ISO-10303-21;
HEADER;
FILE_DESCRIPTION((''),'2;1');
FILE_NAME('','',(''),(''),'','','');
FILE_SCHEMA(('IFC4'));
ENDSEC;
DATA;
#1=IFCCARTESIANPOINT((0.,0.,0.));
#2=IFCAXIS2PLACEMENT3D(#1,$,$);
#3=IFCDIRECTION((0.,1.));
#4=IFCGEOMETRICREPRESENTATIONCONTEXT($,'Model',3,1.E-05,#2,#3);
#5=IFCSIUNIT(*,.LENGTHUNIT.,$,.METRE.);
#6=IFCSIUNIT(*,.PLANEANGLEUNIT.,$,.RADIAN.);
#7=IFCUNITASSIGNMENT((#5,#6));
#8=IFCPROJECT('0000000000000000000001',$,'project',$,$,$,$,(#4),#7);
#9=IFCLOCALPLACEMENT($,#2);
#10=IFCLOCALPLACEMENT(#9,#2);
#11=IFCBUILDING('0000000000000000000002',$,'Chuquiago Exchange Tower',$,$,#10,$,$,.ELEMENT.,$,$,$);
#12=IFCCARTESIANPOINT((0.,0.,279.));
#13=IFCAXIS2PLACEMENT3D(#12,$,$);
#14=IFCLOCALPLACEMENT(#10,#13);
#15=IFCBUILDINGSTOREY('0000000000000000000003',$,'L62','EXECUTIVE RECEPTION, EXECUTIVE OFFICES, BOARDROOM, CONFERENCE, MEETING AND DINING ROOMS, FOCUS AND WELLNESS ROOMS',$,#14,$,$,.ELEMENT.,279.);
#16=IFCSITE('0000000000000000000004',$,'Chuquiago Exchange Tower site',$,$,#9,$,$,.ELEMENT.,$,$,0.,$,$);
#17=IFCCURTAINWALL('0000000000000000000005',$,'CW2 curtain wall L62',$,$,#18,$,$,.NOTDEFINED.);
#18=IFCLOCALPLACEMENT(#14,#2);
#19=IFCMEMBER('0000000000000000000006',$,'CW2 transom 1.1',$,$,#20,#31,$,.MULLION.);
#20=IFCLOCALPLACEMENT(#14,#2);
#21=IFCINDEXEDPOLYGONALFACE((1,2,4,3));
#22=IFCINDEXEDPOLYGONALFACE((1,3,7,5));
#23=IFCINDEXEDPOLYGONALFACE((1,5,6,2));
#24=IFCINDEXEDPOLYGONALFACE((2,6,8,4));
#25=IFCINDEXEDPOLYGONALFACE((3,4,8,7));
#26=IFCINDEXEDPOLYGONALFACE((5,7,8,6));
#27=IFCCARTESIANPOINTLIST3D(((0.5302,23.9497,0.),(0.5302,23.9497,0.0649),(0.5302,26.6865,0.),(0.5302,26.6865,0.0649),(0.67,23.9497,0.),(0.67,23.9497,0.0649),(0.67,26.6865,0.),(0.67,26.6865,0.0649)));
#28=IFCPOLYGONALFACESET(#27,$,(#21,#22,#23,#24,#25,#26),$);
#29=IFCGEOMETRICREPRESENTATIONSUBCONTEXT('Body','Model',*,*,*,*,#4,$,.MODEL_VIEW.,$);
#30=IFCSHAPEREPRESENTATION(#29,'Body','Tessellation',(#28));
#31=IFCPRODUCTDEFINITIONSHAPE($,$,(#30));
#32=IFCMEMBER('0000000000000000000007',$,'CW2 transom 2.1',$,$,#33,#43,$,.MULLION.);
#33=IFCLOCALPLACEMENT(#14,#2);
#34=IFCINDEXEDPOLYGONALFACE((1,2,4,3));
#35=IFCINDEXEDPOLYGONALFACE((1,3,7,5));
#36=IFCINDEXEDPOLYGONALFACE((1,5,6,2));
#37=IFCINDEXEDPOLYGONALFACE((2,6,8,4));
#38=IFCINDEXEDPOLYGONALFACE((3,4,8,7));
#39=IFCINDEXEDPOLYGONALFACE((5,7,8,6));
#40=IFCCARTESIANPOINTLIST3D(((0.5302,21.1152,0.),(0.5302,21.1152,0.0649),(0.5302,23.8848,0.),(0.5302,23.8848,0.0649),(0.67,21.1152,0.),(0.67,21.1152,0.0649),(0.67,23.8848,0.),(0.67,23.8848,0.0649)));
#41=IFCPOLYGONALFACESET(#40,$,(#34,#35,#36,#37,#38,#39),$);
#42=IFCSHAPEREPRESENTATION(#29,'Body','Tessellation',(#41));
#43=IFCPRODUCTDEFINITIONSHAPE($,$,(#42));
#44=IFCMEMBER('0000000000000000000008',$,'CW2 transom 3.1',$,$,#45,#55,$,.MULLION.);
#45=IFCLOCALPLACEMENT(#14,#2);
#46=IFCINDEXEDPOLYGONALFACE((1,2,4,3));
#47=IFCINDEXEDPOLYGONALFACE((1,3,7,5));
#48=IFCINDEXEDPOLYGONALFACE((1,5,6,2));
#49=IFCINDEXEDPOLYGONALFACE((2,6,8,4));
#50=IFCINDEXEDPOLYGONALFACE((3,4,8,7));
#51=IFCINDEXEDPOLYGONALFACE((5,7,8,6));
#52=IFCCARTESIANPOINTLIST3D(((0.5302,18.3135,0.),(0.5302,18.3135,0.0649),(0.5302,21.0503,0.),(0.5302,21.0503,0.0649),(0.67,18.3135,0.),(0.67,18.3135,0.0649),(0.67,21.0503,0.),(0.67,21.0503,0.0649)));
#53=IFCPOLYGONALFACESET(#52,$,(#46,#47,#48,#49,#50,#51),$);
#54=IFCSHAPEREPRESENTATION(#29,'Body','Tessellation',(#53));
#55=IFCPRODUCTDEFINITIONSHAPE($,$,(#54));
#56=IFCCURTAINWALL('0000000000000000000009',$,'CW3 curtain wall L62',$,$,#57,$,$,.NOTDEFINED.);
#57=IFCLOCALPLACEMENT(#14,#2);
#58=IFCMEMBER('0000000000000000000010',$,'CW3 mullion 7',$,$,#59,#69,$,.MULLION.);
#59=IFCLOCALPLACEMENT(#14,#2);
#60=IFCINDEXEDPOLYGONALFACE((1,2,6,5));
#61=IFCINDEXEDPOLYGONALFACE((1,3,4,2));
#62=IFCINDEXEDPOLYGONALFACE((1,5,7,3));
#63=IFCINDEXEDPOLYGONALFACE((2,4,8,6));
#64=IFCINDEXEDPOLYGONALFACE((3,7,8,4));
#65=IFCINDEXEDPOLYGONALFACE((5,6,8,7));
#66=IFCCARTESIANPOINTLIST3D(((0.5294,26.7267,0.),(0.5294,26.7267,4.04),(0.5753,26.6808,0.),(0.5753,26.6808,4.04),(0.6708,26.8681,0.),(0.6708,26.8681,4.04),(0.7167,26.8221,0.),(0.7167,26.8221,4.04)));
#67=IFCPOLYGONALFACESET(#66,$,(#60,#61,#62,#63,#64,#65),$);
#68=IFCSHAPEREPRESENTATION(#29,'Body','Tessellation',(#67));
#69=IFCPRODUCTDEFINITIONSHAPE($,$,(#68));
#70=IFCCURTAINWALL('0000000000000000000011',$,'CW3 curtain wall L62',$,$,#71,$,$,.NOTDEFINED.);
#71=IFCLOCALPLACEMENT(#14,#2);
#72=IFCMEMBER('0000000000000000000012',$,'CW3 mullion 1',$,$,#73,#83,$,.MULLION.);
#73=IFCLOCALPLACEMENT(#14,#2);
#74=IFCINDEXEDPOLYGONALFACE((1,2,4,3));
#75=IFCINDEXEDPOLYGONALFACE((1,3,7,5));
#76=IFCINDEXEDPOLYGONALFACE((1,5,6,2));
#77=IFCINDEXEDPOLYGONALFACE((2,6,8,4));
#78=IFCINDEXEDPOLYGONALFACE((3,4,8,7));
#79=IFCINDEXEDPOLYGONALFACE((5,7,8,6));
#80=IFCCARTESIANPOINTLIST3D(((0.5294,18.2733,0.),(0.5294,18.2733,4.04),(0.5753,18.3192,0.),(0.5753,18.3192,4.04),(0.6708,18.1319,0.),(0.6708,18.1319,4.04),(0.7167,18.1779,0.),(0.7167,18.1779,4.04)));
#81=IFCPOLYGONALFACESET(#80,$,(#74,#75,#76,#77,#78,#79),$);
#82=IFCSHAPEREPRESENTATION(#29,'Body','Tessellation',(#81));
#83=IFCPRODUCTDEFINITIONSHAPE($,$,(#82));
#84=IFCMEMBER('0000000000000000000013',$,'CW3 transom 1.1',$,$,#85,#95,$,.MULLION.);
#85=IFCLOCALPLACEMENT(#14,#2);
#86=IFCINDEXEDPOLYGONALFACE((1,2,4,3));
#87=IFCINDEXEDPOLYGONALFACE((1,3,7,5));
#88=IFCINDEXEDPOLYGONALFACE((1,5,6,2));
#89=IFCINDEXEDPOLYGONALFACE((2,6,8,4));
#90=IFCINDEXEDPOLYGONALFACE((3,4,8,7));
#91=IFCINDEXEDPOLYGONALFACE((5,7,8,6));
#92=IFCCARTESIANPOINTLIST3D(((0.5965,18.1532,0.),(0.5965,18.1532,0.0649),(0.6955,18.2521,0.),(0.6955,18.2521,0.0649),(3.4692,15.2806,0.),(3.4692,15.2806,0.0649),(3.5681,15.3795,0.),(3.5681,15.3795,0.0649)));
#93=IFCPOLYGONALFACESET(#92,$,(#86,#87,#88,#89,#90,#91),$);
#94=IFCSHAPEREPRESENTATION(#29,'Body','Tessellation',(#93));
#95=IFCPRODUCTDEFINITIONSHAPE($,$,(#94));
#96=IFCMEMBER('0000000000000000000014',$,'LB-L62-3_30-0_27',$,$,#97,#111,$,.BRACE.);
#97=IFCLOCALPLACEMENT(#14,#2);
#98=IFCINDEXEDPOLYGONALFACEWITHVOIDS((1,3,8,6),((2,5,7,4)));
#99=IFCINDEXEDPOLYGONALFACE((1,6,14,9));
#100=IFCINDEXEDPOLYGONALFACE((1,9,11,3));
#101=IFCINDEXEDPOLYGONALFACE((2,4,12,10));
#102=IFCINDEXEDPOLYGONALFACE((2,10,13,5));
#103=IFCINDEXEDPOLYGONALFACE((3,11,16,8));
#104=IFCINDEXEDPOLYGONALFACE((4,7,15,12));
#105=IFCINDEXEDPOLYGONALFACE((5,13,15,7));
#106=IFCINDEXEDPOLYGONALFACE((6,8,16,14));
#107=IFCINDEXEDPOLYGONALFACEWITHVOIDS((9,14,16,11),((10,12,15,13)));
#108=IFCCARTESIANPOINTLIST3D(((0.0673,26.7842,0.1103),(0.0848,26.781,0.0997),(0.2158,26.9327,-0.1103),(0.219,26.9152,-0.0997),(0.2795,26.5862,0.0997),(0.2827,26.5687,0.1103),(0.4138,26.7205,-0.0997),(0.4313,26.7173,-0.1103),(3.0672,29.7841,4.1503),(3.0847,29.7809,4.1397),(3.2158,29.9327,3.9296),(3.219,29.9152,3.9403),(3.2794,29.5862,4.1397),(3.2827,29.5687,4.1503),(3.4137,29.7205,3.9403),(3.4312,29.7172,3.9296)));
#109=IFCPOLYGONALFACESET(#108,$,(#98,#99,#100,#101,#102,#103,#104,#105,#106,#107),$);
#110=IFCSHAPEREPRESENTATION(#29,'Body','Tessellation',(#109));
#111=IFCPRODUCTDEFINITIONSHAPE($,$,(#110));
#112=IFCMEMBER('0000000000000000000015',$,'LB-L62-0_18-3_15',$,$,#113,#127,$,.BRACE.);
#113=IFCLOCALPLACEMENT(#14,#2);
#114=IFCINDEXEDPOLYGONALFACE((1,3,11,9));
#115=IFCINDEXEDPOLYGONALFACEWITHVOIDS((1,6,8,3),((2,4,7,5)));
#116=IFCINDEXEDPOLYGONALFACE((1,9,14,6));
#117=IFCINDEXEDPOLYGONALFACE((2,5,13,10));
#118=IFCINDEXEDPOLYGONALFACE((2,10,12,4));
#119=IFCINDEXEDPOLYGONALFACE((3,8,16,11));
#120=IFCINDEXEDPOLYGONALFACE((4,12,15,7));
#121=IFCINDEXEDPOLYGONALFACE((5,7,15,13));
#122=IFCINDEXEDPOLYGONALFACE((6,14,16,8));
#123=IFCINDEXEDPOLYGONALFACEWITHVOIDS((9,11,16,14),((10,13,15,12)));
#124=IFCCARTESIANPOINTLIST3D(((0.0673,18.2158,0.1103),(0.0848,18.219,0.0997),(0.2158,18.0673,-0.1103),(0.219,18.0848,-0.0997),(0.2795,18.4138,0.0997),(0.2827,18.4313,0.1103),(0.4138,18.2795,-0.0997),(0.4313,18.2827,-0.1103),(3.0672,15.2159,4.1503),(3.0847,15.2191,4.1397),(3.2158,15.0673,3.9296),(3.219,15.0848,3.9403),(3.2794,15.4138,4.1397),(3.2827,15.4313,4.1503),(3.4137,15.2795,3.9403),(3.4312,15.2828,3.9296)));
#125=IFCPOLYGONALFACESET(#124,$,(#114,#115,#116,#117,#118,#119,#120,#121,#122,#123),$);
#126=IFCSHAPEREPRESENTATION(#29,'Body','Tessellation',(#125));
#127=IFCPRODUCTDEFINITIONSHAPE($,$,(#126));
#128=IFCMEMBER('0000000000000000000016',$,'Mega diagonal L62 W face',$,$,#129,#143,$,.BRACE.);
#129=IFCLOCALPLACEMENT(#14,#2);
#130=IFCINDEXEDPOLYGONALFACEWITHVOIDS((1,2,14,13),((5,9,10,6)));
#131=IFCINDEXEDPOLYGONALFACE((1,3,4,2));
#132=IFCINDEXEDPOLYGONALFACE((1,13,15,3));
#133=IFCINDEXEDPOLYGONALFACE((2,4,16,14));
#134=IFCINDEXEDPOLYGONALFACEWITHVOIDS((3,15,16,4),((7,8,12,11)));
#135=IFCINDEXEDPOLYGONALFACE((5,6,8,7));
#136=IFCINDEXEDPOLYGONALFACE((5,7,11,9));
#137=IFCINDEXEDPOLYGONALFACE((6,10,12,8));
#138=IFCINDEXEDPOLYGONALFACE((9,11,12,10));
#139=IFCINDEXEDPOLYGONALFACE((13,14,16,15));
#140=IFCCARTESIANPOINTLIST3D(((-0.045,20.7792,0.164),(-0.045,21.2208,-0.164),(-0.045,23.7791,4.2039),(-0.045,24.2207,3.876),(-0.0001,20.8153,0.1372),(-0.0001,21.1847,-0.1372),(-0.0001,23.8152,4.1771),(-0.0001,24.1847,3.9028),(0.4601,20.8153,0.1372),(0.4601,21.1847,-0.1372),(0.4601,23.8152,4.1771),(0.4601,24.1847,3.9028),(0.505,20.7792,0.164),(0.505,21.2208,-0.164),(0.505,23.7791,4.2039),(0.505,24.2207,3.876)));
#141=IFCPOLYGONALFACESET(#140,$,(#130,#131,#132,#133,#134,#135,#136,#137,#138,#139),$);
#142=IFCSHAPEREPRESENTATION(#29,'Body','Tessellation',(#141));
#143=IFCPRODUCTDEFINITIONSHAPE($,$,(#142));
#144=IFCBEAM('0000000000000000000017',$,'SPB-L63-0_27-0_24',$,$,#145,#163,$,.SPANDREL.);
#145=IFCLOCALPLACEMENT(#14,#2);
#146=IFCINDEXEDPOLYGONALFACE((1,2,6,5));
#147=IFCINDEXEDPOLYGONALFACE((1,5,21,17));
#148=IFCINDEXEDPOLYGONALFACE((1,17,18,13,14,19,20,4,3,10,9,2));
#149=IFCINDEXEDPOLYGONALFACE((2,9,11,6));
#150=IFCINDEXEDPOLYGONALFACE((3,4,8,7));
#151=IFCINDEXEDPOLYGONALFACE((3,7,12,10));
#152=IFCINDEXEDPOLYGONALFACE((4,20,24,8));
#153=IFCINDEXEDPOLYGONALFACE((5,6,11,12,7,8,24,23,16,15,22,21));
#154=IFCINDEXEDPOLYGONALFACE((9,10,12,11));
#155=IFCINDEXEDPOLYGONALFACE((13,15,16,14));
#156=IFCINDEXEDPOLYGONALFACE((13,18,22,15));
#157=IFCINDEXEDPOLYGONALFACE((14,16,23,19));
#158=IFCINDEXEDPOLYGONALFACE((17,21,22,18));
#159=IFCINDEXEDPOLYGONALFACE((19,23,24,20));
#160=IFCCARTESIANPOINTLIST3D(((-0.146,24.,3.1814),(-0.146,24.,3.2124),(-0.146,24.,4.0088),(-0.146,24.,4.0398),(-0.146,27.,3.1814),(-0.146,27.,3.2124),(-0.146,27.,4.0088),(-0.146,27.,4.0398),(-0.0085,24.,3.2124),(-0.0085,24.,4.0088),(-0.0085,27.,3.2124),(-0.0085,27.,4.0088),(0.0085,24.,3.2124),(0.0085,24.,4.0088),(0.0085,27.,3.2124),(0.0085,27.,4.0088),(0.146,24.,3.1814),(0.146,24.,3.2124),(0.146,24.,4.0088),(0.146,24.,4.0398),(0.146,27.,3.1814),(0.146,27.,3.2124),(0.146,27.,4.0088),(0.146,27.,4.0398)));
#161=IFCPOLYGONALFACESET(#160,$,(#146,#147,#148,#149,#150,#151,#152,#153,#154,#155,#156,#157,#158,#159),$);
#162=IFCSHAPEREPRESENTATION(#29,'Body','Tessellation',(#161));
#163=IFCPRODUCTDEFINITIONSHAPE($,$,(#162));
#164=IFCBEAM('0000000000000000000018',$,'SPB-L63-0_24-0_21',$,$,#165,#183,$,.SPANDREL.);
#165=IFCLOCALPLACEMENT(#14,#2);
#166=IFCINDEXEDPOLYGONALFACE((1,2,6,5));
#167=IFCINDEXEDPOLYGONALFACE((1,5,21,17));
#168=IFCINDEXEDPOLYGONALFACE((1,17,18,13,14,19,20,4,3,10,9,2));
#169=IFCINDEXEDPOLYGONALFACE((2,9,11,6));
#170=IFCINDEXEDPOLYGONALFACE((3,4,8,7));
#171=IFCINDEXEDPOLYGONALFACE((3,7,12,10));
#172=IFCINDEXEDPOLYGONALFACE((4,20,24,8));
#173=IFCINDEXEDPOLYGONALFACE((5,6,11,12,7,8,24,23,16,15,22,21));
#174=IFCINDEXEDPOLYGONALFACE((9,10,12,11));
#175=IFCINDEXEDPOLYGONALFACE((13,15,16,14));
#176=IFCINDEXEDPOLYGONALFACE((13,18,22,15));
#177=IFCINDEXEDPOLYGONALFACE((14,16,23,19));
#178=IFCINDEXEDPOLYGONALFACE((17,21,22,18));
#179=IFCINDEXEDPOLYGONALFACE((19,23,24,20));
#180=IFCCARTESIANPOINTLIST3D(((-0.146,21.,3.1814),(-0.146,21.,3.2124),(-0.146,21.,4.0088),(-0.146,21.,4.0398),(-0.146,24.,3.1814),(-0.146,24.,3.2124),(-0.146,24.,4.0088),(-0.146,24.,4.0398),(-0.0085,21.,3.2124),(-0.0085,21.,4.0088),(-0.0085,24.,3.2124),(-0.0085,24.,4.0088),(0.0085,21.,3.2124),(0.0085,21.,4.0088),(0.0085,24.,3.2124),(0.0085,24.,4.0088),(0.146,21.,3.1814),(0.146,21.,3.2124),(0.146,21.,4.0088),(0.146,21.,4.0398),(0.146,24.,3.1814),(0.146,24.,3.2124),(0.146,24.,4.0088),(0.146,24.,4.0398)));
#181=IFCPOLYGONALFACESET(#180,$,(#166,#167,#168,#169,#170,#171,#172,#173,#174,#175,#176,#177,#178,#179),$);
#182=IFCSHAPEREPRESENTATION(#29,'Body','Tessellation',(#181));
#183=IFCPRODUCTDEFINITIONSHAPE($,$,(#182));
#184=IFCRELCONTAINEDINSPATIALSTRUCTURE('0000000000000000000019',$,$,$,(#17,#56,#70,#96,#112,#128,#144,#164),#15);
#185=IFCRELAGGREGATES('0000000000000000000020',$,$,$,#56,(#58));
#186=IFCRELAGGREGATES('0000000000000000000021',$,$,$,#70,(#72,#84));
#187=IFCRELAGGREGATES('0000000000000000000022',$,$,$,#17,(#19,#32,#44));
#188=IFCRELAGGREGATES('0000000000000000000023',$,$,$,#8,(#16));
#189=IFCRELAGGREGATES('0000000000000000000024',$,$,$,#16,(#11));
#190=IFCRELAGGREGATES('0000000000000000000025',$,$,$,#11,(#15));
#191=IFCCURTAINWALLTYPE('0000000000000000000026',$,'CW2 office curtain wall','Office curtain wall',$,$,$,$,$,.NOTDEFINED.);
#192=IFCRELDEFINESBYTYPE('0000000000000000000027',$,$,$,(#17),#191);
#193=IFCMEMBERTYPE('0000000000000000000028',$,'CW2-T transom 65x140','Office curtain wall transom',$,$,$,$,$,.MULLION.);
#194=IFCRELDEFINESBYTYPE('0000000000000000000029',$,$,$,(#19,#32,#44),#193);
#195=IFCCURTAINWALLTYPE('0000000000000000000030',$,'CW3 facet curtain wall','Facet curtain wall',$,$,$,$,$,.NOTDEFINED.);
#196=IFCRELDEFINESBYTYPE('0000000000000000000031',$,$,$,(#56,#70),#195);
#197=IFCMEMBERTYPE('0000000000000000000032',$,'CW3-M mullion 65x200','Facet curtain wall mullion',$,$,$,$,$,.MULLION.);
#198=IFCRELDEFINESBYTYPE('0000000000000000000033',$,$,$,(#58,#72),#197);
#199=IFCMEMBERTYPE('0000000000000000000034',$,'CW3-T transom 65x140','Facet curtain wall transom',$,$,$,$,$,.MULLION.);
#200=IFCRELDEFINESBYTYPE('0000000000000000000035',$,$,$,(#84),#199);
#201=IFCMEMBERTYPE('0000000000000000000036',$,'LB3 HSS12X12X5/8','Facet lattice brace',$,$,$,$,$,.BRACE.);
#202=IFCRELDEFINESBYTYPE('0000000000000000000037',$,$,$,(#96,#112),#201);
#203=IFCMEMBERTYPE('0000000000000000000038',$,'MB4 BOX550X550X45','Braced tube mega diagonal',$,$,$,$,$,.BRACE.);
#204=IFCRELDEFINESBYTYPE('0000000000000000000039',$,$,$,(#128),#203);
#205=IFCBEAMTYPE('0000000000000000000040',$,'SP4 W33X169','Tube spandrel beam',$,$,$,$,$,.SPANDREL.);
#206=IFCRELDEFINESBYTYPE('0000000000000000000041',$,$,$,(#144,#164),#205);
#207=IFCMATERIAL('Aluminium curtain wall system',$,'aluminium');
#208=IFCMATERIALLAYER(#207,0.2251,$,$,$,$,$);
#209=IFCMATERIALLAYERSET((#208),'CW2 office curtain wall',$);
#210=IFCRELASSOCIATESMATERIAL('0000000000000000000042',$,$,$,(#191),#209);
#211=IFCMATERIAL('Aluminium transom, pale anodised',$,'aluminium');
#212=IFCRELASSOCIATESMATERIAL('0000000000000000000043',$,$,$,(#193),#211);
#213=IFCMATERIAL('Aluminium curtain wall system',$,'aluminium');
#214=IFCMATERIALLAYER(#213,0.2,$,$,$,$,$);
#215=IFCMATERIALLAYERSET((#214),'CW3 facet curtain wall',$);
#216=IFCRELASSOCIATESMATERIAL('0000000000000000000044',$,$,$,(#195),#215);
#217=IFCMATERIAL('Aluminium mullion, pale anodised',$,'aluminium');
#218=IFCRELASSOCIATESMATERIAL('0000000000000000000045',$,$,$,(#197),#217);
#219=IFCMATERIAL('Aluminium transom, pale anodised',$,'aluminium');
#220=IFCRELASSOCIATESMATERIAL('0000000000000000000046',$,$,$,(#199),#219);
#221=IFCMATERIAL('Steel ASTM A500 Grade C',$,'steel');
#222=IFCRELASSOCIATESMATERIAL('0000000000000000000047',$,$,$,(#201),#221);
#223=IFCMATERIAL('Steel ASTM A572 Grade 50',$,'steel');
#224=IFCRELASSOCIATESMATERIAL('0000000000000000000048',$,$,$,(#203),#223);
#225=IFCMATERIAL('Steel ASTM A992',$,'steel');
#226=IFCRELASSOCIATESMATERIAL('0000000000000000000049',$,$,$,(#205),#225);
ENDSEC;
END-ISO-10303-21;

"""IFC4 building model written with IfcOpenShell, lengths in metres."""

from ifc_helpers import new_model, si_unit, direction, frame, origin, origin_2d, place, context, subcontext, project, spatial, rectangle, hollow_rectangle, i_section, extrude, material, layer, layer_set, material_profile, profile_set, type_object, element, aggregate, save


model = new_model("IFC4")

# Units and contexts
model_context = context("Model", 3, precision=1e-05, world=origin(), true_north=direction((0.0, 1.0)))
body_context = subcontext(model_context, "Body", "Model", "MODEL_VIEW")
ifc_project = project(units=[si_unit("LENGTHUNIT", "METRE"), si_unit("PLANEANGLEUNIT", "RADIAN")], contexts=[model_context])

# Site, building, storey
site_placement = place(None, origin())
site = spatial("IfcSite", under=ifc_project, at=site_placement, Name="Chuquiago Exchange Tower site", CompositionType="ELEMENT", RefElevation=0.0)
building_placement = place(site_placement, origin())
building = spatial("IfcBuilding", under=site, at=building_placement, Name="Chuquiago Exchange Tower", CompositionType="ELEMENT")
storey_placement = place(building_placement, frame((0.0, 0.0, 279.0)))
storey = spatial("IfcBuildingStorey", under=building, at=storey_placement, Name="L62", Description="EXECUTIVE RECEPTION, EXECUTIVE OFFICES, BOARDROOM, CONFERENCE, MEETING AND DINING ROOMS, FOCUS AND WELLNESS ROOMS", CompositionType="ELEMENT", Elevation=279.0)

# Curtain wall, members
ifc_material_1 = material(Name="Aluminium curtain wall system", Category="aluminium")
ifc_layer_1 = layer(ifc_material_1, 0.2251)
ifc_layer_set_1 = layer_set([ifc_layer_1], Name="CW2 office curtain wall")
curtain_wall_type_1 = type_object("IfcCurtainWallType", Name="CW2 office curtain wall", Description="Office curtain wall", PredefinedType="NOTDEFINED", material=ifc_layer_set_1)
curtain_wall_1_placement = place(storey_placement, origin())
curtain_wall_1 = element("IfcCurtainWall", 1, at=curtain_wall_1_placement, inside=storey, type_object=curtain_wall_type_1, Name="CW2 curtain wall L62", PredefinedType="NOTDEFINED")
ifc_material_2 = material(Name="Aluminium transom, pale anodised", Category="aluminium")
ifc_material_profile_1 = material_profile(ifc_material_2, rectangle(XDim=0.1399, YDim=0.0649, at=origin_2d()), Name="AL 140x65")
ifc_profile_set_1 = profile_set([ifc_material_profile_1], Name="Aluminium transom, pale anodised")
member_type_1 = type_object("IfcMemberType", Name="CW2-T transom 65x140", Description="Office curtain wall transom", PredefinedType="MULLION", material=ifc_profile_set_1)
member_1_placement = place(storey_placement, frame((0.6001, 26.6865, 0.0325), z_axis=(0.0, -1.0, 0.0), x_axis=(1.0, 0.0, 0.0)))
member_1 = element("IfcMember", 2, at=member_1_placement, type_object=member_type_1, Name="CW2 transom 1.1", PredefinedType="MULLION", context=body_context, shape_type="SweptSolid", body=[
    extrude(rectangle(XDim=0.1399, YDim=0.0649, at=origin_2d()), origin(), (0.0, 0.0, 1.0), 2.7368),
])
member_2_placement = place(storey_placement, frame((0.6001, 23.8848, 0.0325), z_axis=(0.0, -1.0, 0.0), x_axis=(1.0, 0.0, 0.0)))
member_2 = element("IfcMember", 3, at=member_2_placement, type_object=member_type_1, Name="CW2 transom 2.1", PredefinedType="MULLION", context=body_context, shape_type="SweptSolid", body=[
    extrude(rectangle(XDim=0.1399, YDim=0.0649, at=origin_2d()), origin(), (0.0, 0.0, 1.0), 2.7695),
])
member_3_placement = place(storey_placement, frame((0.6001, 21.0503, 0.0325), z_axis=(0.0, -1.0, 0.0), x_axis=(1.0, 0.0, 0.0)))
member_3 = element("IfcMember", 4, at=member_3_placement, type_object=member_type_1, Name="CW2 transom 3.1", PredefinedType="MULLION", context=body_context, shape_type="SweptSolid", body=[
    extrude(rectangle(XDim=0.1399, YDim=0.0649, at=origin_2d()), origin(), (0.0, 0.0, 1.0), 2.7368),
])

# Curtain wall, member
ifc_material_3 = material(Name="Aluminium curtain wall system", Category="aluminium")
ifc_layer_2 = layer(ifc_material_3, 0.2)
ifc_layer_set_2 = layer_set([ifc_layer_2], Name="CW3 facet curtain wall")
curtain_wall_type_2 = type_object("IfcCurtainWallType", Name="CW3 facet curtain wall", Description="Facet curtain wall", PredefinedType="NOTDEFINED", material=ifc_layer_set_2)
curtain_wall_2_placement = place(storey_placement, origin())
curtain_wall_2 = element("IfcCurtainWall", 5, at=curtain_wall_2_placement, inside=storey, type_object=curtain_wall_type_2, Name="CW3 curtain wall L62", PredefinedType="NOTDEFINED")
ifc_material_4 = material(Name="Aluminium mullion, pale anodised", Category="aluminium")
ifc_material_profile_2 = material_profile(ifc_material_4, rectangle(XDim=0.0649, YDim=0.2, at=origin_2d()), Name="AL 65x200")
ifc_profile_set_2 = profile_set([ifc_material_profile_2], Name="Aluminium mullion, pale anodised")
member_type_2 = type_object("IfcMemberType", Name="CW3-M mullion 65x200", Description="Facet curtain wall mullion", PredefinedType="MULLION", material=ifc_profile_set_2)
member_4_placement = place(storey_placement, frame((0.623, 26.7744, 0.0), z_axis=(0.0, 0.0, 1.0), x_axis=(0.707107, -0.707107, 0.0)))
member_4 = element("IfcMember", 6, at=member_4_placement, type_object=member_type_2, Name="CW3 mullion 7", PredefinedType="MULLION", context=body_context, shape_type="SweptSolid", body=[
    extrude(rectangle(XDim=0.0649, YDim=0.2, at=origin_2d()), origin(), (0.0, 0.0, 1.0), 4.04),
])
aggregate(curtain_wall_2, [member_4])

# Curtain wall, members
curtain_wall_3_placement = place(storey_placement, origin())
curtain_wall_3 = element("IfcCurtainWall", 7, at=curtain_wall_3_placement, inside=storey, type_object=curtain_wall_type_2, Name="CW3 curtain wall L62", PredefinedType="NOTDEFINED")
member_5_placement = place(storey_placement, frame((0.623, 18.2256, 0.0), z_axis=(0.0, 0.0, 1.0), x_axis=(0.707107, 0.707107, 0.0)))
member_5 = element("IfcMember", 8, at=member_5_placement, type_object=member_type_2, Name="CW3 mullion 1", PredefinedType="MULLION", context=body_context, shape_type="SweptSolid", body=[
    extrude(rectangle(XDim=0.0649, YDim=0.2, at=origin_2d()), origin(), (0.0, 0.0, 1.0), 4.04),
])
ifc_material_5 = material(Name="Aluminium transom, pale anodised", Category="aluminium")
ifc_material_profile_3 = material_profile(ifc_material_5, rectangle(XDim=0.1399, YDim=0.0649, at=origin_2d()), Name="AL 140x65")
ifc_profile_set_3 = profile_set([ifc_material_profile_3], Name="Aluminium transom, pale anodised")
member_type_3 = type_object("IfcMemberType", Name="CW3-T transom 65x140", Description="Facet curtain wall transom", PredefinedType="MULLION", material=ifc_profile_set_3)
member_6_placement = place(storey_placement, frame((0.646, 18.2026, 0.0325), z_axis=(0.707107, -0.707107, 0.0), x_axis=(0.707107, 0.707107, 0.0)))
member_6 = element("IfcMember", 9, at=member_6_placement, type_object=member_type_3, Name="CW3 transom 1.1", PredefinedType="MULLION", context=body_context, shape_type="SweptSolid", body=[
    extrude(rectangle(XDim=0.1399, YDim=0.0649, at=origin_2d()), origin(), (0.0, 0.0, 1.0), 4.0625),
])
aggregate(curtain_wall_3, [member_5, member_6])

# Members
ifc_material_6 = material(Name="Steel ASTM A500 Grade C", Category="steel")
ifc_material_profile_4 = material_profile(ifc_material_6, hollow_rectangle(XDim=0.3047, YDim=0.3047, WallThickness=0.0146, at=origin_2d()), Name="HSS12X12X5/8")
ifc_profile_set_4 = profile_set([ifc_material_profile_4], Name="Steel ASTM A500 Grade C")
member_type_4 = type_object("IfcMemberType", Name="LB3 HSS12X12X5/8", Description="Facet lattice brace", PredefinedType="BRACE", material=ifc_profile_set_4)
for number, where, z_axis, x_axis, name in (
    (10, (0.2493, 26.7507, 0.0), (0.512077, 0.512077, 0.689604), (-0.707107, 0.707107, 0.0), "LB-L62-3_30-0_27"),
    (11, (0.2493, 18.2493, 0.0), (0.512077, -0.512077, 0.689604), (0.707107, 0.707107, 0.0), "LB-L62-0_18-3_15"),
):
    element("IfcMember", number, at=place(storey_placement, frame(where, z_axis=z_axis, x_axis=x_axis)), inside=storey, type_object=member_type_4, Name=name, PredefinedType="BRACE", context=body_context, shape_type="SweptSolid", body=[
        extrude(hollow_rectangle(XDim=0.3047, YDim=0.3047, WallThickness=0.0146, at=origin_2d()), origin(), (0.0, 0.0, 1.0), 5.8584),
    ])
ifc_material_7 = material(Name="Steel ASTM A572 Grade 50", Category="steel")
ifc_material_profile_5 = material_profile(ifc_material_7, hollow_rectangle(XDim=0.55, YDim=0.55, WallThickness=0.0449, at=origin_2d()), Name="BOX550X550X45")
ifc_profile_set_5 = profile_set([ifc_material_profile_5], Name="Steel ASTM A572 Grade 50")
member_type_5 = type_object("IfcMemberType", Name="MB4 BOX550X550X45", Description="Braced tube mega diagonal", PredefinedType="BRACE", material=ifc_profile_set_5)
member_7_placement = place(storey_placement, frame((0.23, 21.0, 0.0), z_axis=(0.0, 0.596174, 0.802855), x_axis=(-1.0, 0.0, 0.0)))
element("IfcMember", 12, at=member_7_placement, inside=storey, type_object=member_type_5, Name="Mega diagonal L62 W face", PredefinedType="BRACE", context=body_context, shape_type="SweptSolid", body=[
    extrude(hollow_rectangle(XDim=0.55, YDim=0.55, WallThickness=0.0449, at=origin_2d()), origin(), (0.0, 0.0, 1.0), 5.032),
])

# Beams
ifc_material_8 = material(Name="Steel ASTM A992", Category="steel")
ifc_material_profile_6 = material_profile(ifc_material_8, i_section(OverallWidth=0.292, OverallDepth=0.8584, WebThickness=0.0171, FlangeThickness=0.031, at=origin_2d()), Name="W33X169")
ifc_profile_set_6 = profile_set([ifc_material_profile_6], Name="Steel ASTM A992")
beam_type_1 = type_object("IfcBeamType", Name="SP4 W33X169", Description="Tube spandrel beam", PredefinedType="SPANDREL", material=ifc_profile_set_6)
for number, where, z_axis, x_axis, name in (
    (13, (0.0, 27.0, 3.6106), (0.0, -1.0, 0.0), (1.0, 0.0, 0.0), "SPB-L63-0_27-0_24"),
    (14, (0.0, 24.0, 3.6106), (0.0, -1.0, 0.0), (1.0, 0.0, 0.0), "SPB-L63-0_24-0_21"),
):
    element("IfcBeam", number, at=place(storey_placement, frame(where, z_axis=z_axis, x_axis=x_axis)), inside=storey, type_object=beam_type_1, Name=name, PredefinedType="SPANDREL", context=body_context, shape_type="SweptSolid", body=[
        extrude(i_section(OverallWidth=0.292, OverallDepth=0.8584, WebThickness=0.0171, FlangeThickness=0.031, at=origin_2d()), origin(), (0.0, 0.0, 1.0), 3.0),
    ])

aggregate(curtain_wall_1, [member_1, member_2, member_3])

save(model, "model.ifc")
